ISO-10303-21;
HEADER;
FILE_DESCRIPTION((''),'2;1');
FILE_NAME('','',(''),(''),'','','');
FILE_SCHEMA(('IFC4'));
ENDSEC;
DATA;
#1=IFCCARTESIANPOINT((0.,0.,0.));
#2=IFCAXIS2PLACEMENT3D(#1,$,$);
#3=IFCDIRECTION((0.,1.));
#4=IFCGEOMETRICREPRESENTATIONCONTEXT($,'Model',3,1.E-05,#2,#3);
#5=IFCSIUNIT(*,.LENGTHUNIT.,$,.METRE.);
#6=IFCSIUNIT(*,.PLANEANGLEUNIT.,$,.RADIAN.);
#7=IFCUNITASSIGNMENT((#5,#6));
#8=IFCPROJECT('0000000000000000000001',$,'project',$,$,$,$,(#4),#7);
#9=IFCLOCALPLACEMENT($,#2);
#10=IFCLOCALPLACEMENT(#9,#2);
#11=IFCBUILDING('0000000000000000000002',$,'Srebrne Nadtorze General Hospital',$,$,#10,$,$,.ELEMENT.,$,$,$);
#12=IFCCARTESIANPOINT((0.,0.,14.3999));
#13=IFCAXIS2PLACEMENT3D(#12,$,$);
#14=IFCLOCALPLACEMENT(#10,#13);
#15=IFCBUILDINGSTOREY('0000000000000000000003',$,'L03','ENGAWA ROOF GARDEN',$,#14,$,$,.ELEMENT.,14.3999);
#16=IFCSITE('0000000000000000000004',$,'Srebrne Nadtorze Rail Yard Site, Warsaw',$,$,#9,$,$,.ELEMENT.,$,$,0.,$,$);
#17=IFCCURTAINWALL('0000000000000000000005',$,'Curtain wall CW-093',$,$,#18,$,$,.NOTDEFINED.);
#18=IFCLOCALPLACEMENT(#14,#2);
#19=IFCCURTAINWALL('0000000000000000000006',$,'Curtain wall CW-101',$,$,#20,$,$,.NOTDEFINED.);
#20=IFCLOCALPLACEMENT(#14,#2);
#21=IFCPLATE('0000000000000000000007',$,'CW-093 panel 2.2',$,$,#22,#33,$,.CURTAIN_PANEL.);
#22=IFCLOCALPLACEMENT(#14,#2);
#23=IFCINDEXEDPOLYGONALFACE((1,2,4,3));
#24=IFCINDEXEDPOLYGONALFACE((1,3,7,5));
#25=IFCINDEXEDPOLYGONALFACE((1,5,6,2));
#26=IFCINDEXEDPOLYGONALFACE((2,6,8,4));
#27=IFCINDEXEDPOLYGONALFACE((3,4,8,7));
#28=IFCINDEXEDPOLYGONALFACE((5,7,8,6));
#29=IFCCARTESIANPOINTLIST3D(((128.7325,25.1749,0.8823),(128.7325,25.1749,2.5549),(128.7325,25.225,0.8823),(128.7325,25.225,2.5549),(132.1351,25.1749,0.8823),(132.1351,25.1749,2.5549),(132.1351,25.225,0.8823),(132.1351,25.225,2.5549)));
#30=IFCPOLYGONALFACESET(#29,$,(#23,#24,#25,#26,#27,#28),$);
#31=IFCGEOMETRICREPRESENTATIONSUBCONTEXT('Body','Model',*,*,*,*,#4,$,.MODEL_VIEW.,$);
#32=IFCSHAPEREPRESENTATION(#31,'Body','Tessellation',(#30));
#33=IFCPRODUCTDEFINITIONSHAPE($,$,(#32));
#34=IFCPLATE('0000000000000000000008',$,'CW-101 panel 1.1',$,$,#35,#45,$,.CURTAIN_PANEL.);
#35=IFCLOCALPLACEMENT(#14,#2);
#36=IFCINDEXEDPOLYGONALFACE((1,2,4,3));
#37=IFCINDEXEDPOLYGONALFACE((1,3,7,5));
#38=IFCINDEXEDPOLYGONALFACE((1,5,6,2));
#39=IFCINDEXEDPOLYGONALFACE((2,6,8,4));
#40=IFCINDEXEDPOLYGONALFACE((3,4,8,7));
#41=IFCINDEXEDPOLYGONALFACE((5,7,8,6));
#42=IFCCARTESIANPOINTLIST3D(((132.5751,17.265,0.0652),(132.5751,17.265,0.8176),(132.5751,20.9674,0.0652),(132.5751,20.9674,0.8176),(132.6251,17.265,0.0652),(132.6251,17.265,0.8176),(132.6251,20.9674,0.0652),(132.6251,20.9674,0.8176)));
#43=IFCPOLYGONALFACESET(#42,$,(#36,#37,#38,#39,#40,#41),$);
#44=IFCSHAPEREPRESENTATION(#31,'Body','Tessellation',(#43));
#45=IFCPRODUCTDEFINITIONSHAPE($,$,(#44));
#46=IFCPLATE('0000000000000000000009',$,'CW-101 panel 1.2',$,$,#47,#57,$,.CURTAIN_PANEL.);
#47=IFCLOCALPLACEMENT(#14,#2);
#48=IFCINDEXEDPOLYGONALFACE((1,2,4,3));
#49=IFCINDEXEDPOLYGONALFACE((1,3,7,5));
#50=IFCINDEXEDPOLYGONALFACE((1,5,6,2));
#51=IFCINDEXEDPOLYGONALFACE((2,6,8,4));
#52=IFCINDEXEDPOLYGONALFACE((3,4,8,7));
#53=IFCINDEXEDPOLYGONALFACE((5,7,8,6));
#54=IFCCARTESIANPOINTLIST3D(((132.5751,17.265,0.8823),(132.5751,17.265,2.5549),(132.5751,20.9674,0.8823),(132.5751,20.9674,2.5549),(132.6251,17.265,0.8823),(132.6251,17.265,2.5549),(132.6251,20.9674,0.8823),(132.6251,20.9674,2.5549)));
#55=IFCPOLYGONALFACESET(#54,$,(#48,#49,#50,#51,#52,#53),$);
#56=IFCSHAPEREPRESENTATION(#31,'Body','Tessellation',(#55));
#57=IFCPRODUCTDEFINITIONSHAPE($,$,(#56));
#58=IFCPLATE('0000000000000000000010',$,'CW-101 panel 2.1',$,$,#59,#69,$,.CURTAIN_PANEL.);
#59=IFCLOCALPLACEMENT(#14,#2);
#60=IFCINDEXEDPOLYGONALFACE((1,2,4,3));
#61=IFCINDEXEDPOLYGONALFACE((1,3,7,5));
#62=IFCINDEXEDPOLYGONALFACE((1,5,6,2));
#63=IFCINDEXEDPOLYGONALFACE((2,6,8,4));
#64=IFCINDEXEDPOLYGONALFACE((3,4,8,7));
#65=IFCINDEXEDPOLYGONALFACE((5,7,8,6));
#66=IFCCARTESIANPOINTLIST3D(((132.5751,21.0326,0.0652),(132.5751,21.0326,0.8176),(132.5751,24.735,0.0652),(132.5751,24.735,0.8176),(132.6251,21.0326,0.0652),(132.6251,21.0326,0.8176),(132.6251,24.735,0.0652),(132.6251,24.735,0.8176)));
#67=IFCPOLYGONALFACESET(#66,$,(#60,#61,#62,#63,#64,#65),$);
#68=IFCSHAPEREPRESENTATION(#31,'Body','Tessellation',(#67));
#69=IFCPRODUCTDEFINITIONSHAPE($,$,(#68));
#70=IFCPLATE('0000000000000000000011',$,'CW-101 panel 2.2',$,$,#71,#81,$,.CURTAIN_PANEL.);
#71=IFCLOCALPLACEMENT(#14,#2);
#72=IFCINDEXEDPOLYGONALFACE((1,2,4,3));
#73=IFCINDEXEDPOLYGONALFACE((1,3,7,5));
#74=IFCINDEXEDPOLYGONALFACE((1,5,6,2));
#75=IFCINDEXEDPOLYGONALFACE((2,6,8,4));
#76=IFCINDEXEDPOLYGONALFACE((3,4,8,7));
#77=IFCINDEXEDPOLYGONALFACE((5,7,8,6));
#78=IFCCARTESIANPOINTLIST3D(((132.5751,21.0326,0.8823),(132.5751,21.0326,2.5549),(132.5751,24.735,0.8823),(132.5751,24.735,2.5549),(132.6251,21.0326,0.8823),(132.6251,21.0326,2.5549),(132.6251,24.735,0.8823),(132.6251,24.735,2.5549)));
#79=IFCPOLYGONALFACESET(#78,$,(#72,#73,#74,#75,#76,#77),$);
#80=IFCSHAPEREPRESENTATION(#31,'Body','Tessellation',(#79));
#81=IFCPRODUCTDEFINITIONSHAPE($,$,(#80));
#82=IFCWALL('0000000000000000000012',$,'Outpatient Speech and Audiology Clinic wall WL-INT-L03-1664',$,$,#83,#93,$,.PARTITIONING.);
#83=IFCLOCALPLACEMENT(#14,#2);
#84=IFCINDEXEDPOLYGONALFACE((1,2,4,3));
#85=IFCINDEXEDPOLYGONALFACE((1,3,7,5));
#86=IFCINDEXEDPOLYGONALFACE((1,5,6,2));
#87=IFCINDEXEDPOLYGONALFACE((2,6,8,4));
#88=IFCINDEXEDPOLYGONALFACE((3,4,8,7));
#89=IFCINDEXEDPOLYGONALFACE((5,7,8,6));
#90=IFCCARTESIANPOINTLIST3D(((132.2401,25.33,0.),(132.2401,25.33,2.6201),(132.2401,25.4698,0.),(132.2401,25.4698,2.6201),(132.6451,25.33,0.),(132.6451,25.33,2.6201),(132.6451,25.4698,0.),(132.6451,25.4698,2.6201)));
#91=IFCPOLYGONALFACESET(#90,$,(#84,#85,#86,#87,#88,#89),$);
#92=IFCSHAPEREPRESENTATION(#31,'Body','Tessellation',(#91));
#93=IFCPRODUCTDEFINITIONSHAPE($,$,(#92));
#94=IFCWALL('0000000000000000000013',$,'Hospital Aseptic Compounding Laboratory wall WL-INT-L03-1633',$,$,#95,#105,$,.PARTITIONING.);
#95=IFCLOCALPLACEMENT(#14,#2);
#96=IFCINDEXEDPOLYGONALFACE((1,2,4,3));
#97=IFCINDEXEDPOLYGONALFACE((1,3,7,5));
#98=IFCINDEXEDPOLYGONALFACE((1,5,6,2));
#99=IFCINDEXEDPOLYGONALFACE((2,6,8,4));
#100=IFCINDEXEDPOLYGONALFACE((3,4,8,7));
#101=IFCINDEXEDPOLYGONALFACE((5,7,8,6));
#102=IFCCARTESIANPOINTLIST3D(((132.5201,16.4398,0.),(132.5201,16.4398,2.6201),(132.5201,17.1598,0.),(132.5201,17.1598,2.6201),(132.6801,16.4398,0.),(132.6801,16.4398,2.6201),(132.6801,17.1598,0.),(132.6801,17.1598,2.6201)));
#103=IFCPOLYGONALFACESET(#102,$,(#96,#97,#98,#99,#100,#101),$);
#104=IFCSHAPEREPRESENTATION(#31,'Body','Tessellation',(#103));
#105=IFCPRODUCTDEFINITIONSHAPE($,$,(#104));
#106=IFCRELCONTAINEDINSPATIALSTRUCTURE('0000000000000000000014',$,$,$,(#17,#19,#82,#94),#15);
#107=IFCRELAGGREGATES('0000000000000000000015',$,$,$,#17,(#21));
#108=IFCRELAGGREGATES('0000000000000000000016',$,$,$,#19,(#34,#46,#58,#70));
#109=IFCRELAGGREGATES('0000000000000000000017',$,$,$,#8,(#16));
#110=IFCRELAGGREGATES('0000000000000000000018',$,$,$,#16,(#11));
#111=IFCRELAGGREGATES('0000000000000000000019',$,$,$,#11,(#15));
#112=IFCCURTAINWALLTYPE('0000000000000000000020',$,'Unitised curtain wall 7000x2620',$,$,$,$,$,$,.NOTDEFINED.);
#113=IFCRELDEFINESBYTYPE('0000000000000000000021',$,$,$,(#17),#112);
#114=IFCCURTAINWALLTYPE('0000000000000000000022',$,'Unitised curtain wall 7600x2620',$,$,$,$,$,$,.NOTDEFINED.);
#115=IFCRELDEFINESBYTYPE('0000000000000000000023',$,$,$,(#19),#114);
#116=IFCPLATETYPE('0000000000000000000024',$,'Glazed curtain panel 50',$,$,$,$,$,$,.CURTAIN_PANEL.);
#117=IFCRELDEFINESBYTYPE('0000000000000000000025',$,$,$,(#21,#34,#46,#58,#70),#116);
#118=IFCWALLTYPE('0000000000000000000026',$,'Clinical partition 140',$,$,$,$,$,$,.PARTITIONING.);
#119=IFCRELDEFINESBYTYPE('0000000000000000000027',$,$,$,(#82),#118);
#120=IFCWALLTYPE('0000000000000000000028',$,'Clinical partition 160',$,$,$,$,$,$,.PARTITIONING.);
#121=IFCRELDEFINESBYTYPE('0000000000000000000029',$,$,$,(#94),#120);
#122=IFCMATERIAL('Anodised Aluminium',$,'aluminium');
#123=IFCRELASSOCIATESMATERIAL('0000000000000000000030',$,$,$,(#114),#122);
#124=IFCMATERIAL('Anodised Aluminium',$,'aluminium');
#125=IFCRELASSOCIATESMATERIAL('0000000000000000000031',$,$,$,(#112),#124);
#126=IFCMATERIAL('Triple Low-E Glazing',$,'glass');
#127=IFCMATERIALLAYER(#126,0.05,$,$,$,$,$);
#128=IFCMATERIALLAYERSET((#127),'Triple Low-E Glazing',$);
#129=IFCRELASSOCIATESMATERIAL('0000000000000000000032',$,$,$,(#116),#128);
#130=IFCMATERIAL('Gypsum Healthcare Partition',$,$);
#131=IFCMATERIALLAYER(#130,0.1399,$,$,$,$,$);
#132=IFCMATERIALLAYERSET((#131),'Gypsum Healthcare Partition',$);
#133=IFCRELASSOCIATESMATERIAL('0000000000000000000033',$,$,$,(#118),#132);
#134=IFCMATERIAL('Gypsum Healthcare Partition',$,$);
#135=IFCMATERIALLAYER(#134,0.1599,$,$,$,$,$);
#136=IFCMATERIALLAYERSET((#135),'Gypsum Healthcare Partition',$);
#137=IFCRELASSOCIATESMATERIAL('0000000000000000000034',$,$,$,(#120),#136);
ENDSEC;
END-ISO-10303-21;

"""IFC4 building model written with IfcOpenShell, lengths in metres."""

from ifc_helpers import new_model, si_unit, direction, frame, frame_2d, origin, origin_2d, place, context, subcontext, project, spatial, rectangle, extrude, material, layer, layer_set, type_object, element, aggregate, save


model = new_model("IFC4")

# Units and contexts
model_context = context("Model", 3, precision=1e-05, world=origin(), true_north=direction((0.0, 1.0)))
body_context = subcontext(model_context, "Body", "Model", "MODEL_VIEW")
ifc_project = project(units=[si_unit("LENGTHUNIT", "METRE"), si_unit("PLANEANGLEUNIT", "RADIAN")], contexts=[model_context])

# Site, building, storey
site_placement = place(None, origin())
site = spatial("IfcSite", under=ifc_project, at=site_placement, Name="Srebrne Nadtorze Rail Yard Site, Warsaw", CompositionType="ELEMENT", RefElevation=0.0)
building_placement = place(site_placement, origin())
building = spatial("IfcBuilding", under=site, at=building_placement, Name="Srebrne Nadtorze General Hospital", CompositionType="ELEMENT")
storey_placement = place(building_placement, frame((0.0, 0.0, 14.3999)))
storey = spatial("IfcBuildingStorey", under=building, at=storey_placement, Name="L03", Description="ENGAWA ROOF GARDEN", CompositionType="ELEMENT", Elevation=14.3999)

# Shared definitions
ifc_material_1 = material(Name="Anodised Aluminium", Category="aluminium")
curtain_wall_type_1 = type_object("IfcCurtainWallType", Name="Unitised curtain wall 7600x2620", PredefinedType="NOTDEFINED", material=ifc_material_1)

# Curtain walls
ifc_material_2 = material(Name="Anodised Aluminium", Category="aluminium")
curtain_wall_type_2 = type_object("IfcCurtainWallType", Name="Unitised curtain wall 7000x2620", PredefinedType="NOTDEFINED", material=ifc_material_2)
curtain_wall_1_placement = place(storey_placement, origin())
curtain_wall_1 = element("IfcCurtainWall", 1, at=curtain_wall_1_placement, inside=storey, type_object=curtain_wall_type_2, Name="Curtain wall CW-093", PredefinedType="NOTDEFINED")
curtain_wall_2_placement = place(storey_placement, origin())
curtain_wall_2 = element("IfcCurtainWall", 2, at=curtain_wall_2_placement, inside=storey, type_object=curtain_wall_type_1, Name="Curtain wall CW-101", PredefinedType="NOTDEFINED")

# Plates
ifc_material_3 = material(Name="Triple Low-E Glazing", Category="glass")
ifc_layer_1 = layer(ifc_material_3, 0.05)
ifc_layer_set_1 = layer_set([ifc_layer_1], Name="Triple Low-E Glazing")
plate_type = type_object("IfcPlateType", Name="Glazed curtain panel 50", PredefinedType="CURTAIN_PANEL", material=ifc_layer_set_1)
plate_1_placement = place(storey_placement, frame((130.4338, 25.2, 0.8823), z_axis=(0.0, 0.0, 1.0), x_axis=(1.0, 0.0, 0.0)))
plate_1 = element("IfcPlate", 3, at=plate_1_placement, type_object=plate_type, Name="CW-093 panel 2.2", PredefinedType="CURTAIN_PANEL", context=body_context, shape_type="SweptSolid", body=[
    extrude(rectangle(XDim=3.4026, YDim=0.05, at=origin_2d()), origin(), (0.0, 0.0, 1.0), 1.6726),
])
aggregate(curtain_wall_1, [plate_1])
plate_2_placement = place(storey_placement, frame((132.6001, 19.1162, 0.0652), z_axis=(0.0, 0.0, 1.0), x_axis=(0.0, 1.0, 0.0)))
plate_2 = element("IfcPlate", 4, at=plate_2_placement, type_object=plate_type, Name="CW-101 panel 1.1", PredefinedType="CURTAIN_PANEL", context=body_context, shape_type="SweptSolid", body=[
    extrude(rectangle(XDim=3.7024, YDim=0.05, at=origin_2d()), origin(), (0.0, 0.0, 1.0), 0.7524),
])
plate_3_placement = place(storey_placement, frame((132.6001, 19.1162, 0.8823), z_axis=(0.0, 0.0, 1.0), x_axis=(0.0, 1.0, 0.0)))
plate_3 = element("IfcPlate", 5, at=plate_3_placement, type_object=plate_type, Name="CW-101 panel 1.2", PredefinedType="CURTAIN_PANEL", context=body_context, shape_type="SweptSolid", body=[
    extrude(rectangle(XDim=3.7024, YDim=0.05, at=origin_2d()), origin(), (0.0, 0.0, 1.0), 1.6726),
])
plate_4_placement = place(storey_placement, frame((132.6001, 22.8838, 0.0652), z_axis=(0.0, 0.0, 1.0), x_axis=(0.0, 1.0, 0.0)))
plate_4 = element("IfcPlate", 6, at=plate_4_placement, type_object=plate_type, Name="CW-101 panel 2.1", PredefinedType="CURTAIN_PANEL", context=body_context, shape_type="SweptSolid", body=[
    extrude(rectangle(XDim=3.7024, YDim=0.05, at=origin_2d()), origin(), (0.0, 0.0, 1.0), 0.7524),
])
plate_5_placement = place(storey_placement, frame((132.6001, 22.8838, 0.8823), z_axis=(0.0, 0.0, 1.0), x_axis=(0.0, 1.0, 0.0)))
plate_5 = element("IfcPlate", 7, at=plate_5_placement, type_object=plate_type, Name="CW-101 panel 2.2", PredefinedType="CURTAIN_PANEL", context=body_context, shape_type="SweptSolid", body=[
    extrude(rectangle(XDim=3.7024, YDim=0.05, at=origin_2d()), origin(), (0.0, 0.0, 1.0), 1.6726),
])
aggregate(curtain_wall_2, [plate_2, plate_3, plate_4, plate_5])

# Wall
ifc_material_4 = material(Name="Gypsum Healthcare Partition")
ifc_layer_2 = layer(ifc_material_4, 0.1399)
ifc_layer_set_2 = layer_set([ifc_layer_2], Name="Gypsum Healthcare Partition")
wall_type_1 = type_object("IfcWallType", Name="Clinical partition 140", PredefinedType="PARTITIONING", material=ifc_layer_set_2)
wall_1_placement = place(storey_placement, frame((132.24, 25.3999, 0.0), z_axis=(0.0, 0.0, 1.0), x_axis=(1.0, 0.0, 0.0)))
element("IfcWall", 8, at=wall_1_placement, inside=storey, type_object=wall_type_1, Name="Outpatient Speech and Audiology Clinic wall WL-INT-L03-1664", PredefinedType="PARTITIONING", context=body_context, shape_type="SweptSolid", body=[
    extrude(rectangle(XDim=0.405, YDim=0.1399, at=frame_2d((0.2026, 0.0))), origin(), (0.0, 0.0, 1.0), 2.6201),
])

# Wall
ifc_material_5 = material(Name="Gypsum Healthcare Partition")
ifc_layer_3 = layer(ifc_material_5, 0.1599)
ifc_layer_set_3 = layer_set([ifc_layer_3], Name="Gypsum Healthcare Partition")
wall_type_2 = type_object("IfcWallType", Name="Clinical partition 160", PredefinedType="PARTITIONING", material=ifc_layer_set_3)
wall_2_placement = place(storey_placement, frame((132.6001, 16.4399, 0.0), z_axis=(0.0, 0.0, 1.0), x_axis=(0.0, 1.0, 0.0)))
element("IfcWall", 9, at=wall_2_placement, inside=storey, type_object=wall_type_2, Name="Hospital Aseptic Compounding Laboratory wall WL-INT-L03-1633", PredefinedType="PARTITIONING", context=body_context, shape_type="SweptSolid", body=[
    extrude(rectangle(XDim=0.72, YDim=0.1599, at=frame_2d((0.3599, 0.0))), origin(), (0.0, 0.0, 1.0), 2.6201),
])

save(model, "model.ifc")
